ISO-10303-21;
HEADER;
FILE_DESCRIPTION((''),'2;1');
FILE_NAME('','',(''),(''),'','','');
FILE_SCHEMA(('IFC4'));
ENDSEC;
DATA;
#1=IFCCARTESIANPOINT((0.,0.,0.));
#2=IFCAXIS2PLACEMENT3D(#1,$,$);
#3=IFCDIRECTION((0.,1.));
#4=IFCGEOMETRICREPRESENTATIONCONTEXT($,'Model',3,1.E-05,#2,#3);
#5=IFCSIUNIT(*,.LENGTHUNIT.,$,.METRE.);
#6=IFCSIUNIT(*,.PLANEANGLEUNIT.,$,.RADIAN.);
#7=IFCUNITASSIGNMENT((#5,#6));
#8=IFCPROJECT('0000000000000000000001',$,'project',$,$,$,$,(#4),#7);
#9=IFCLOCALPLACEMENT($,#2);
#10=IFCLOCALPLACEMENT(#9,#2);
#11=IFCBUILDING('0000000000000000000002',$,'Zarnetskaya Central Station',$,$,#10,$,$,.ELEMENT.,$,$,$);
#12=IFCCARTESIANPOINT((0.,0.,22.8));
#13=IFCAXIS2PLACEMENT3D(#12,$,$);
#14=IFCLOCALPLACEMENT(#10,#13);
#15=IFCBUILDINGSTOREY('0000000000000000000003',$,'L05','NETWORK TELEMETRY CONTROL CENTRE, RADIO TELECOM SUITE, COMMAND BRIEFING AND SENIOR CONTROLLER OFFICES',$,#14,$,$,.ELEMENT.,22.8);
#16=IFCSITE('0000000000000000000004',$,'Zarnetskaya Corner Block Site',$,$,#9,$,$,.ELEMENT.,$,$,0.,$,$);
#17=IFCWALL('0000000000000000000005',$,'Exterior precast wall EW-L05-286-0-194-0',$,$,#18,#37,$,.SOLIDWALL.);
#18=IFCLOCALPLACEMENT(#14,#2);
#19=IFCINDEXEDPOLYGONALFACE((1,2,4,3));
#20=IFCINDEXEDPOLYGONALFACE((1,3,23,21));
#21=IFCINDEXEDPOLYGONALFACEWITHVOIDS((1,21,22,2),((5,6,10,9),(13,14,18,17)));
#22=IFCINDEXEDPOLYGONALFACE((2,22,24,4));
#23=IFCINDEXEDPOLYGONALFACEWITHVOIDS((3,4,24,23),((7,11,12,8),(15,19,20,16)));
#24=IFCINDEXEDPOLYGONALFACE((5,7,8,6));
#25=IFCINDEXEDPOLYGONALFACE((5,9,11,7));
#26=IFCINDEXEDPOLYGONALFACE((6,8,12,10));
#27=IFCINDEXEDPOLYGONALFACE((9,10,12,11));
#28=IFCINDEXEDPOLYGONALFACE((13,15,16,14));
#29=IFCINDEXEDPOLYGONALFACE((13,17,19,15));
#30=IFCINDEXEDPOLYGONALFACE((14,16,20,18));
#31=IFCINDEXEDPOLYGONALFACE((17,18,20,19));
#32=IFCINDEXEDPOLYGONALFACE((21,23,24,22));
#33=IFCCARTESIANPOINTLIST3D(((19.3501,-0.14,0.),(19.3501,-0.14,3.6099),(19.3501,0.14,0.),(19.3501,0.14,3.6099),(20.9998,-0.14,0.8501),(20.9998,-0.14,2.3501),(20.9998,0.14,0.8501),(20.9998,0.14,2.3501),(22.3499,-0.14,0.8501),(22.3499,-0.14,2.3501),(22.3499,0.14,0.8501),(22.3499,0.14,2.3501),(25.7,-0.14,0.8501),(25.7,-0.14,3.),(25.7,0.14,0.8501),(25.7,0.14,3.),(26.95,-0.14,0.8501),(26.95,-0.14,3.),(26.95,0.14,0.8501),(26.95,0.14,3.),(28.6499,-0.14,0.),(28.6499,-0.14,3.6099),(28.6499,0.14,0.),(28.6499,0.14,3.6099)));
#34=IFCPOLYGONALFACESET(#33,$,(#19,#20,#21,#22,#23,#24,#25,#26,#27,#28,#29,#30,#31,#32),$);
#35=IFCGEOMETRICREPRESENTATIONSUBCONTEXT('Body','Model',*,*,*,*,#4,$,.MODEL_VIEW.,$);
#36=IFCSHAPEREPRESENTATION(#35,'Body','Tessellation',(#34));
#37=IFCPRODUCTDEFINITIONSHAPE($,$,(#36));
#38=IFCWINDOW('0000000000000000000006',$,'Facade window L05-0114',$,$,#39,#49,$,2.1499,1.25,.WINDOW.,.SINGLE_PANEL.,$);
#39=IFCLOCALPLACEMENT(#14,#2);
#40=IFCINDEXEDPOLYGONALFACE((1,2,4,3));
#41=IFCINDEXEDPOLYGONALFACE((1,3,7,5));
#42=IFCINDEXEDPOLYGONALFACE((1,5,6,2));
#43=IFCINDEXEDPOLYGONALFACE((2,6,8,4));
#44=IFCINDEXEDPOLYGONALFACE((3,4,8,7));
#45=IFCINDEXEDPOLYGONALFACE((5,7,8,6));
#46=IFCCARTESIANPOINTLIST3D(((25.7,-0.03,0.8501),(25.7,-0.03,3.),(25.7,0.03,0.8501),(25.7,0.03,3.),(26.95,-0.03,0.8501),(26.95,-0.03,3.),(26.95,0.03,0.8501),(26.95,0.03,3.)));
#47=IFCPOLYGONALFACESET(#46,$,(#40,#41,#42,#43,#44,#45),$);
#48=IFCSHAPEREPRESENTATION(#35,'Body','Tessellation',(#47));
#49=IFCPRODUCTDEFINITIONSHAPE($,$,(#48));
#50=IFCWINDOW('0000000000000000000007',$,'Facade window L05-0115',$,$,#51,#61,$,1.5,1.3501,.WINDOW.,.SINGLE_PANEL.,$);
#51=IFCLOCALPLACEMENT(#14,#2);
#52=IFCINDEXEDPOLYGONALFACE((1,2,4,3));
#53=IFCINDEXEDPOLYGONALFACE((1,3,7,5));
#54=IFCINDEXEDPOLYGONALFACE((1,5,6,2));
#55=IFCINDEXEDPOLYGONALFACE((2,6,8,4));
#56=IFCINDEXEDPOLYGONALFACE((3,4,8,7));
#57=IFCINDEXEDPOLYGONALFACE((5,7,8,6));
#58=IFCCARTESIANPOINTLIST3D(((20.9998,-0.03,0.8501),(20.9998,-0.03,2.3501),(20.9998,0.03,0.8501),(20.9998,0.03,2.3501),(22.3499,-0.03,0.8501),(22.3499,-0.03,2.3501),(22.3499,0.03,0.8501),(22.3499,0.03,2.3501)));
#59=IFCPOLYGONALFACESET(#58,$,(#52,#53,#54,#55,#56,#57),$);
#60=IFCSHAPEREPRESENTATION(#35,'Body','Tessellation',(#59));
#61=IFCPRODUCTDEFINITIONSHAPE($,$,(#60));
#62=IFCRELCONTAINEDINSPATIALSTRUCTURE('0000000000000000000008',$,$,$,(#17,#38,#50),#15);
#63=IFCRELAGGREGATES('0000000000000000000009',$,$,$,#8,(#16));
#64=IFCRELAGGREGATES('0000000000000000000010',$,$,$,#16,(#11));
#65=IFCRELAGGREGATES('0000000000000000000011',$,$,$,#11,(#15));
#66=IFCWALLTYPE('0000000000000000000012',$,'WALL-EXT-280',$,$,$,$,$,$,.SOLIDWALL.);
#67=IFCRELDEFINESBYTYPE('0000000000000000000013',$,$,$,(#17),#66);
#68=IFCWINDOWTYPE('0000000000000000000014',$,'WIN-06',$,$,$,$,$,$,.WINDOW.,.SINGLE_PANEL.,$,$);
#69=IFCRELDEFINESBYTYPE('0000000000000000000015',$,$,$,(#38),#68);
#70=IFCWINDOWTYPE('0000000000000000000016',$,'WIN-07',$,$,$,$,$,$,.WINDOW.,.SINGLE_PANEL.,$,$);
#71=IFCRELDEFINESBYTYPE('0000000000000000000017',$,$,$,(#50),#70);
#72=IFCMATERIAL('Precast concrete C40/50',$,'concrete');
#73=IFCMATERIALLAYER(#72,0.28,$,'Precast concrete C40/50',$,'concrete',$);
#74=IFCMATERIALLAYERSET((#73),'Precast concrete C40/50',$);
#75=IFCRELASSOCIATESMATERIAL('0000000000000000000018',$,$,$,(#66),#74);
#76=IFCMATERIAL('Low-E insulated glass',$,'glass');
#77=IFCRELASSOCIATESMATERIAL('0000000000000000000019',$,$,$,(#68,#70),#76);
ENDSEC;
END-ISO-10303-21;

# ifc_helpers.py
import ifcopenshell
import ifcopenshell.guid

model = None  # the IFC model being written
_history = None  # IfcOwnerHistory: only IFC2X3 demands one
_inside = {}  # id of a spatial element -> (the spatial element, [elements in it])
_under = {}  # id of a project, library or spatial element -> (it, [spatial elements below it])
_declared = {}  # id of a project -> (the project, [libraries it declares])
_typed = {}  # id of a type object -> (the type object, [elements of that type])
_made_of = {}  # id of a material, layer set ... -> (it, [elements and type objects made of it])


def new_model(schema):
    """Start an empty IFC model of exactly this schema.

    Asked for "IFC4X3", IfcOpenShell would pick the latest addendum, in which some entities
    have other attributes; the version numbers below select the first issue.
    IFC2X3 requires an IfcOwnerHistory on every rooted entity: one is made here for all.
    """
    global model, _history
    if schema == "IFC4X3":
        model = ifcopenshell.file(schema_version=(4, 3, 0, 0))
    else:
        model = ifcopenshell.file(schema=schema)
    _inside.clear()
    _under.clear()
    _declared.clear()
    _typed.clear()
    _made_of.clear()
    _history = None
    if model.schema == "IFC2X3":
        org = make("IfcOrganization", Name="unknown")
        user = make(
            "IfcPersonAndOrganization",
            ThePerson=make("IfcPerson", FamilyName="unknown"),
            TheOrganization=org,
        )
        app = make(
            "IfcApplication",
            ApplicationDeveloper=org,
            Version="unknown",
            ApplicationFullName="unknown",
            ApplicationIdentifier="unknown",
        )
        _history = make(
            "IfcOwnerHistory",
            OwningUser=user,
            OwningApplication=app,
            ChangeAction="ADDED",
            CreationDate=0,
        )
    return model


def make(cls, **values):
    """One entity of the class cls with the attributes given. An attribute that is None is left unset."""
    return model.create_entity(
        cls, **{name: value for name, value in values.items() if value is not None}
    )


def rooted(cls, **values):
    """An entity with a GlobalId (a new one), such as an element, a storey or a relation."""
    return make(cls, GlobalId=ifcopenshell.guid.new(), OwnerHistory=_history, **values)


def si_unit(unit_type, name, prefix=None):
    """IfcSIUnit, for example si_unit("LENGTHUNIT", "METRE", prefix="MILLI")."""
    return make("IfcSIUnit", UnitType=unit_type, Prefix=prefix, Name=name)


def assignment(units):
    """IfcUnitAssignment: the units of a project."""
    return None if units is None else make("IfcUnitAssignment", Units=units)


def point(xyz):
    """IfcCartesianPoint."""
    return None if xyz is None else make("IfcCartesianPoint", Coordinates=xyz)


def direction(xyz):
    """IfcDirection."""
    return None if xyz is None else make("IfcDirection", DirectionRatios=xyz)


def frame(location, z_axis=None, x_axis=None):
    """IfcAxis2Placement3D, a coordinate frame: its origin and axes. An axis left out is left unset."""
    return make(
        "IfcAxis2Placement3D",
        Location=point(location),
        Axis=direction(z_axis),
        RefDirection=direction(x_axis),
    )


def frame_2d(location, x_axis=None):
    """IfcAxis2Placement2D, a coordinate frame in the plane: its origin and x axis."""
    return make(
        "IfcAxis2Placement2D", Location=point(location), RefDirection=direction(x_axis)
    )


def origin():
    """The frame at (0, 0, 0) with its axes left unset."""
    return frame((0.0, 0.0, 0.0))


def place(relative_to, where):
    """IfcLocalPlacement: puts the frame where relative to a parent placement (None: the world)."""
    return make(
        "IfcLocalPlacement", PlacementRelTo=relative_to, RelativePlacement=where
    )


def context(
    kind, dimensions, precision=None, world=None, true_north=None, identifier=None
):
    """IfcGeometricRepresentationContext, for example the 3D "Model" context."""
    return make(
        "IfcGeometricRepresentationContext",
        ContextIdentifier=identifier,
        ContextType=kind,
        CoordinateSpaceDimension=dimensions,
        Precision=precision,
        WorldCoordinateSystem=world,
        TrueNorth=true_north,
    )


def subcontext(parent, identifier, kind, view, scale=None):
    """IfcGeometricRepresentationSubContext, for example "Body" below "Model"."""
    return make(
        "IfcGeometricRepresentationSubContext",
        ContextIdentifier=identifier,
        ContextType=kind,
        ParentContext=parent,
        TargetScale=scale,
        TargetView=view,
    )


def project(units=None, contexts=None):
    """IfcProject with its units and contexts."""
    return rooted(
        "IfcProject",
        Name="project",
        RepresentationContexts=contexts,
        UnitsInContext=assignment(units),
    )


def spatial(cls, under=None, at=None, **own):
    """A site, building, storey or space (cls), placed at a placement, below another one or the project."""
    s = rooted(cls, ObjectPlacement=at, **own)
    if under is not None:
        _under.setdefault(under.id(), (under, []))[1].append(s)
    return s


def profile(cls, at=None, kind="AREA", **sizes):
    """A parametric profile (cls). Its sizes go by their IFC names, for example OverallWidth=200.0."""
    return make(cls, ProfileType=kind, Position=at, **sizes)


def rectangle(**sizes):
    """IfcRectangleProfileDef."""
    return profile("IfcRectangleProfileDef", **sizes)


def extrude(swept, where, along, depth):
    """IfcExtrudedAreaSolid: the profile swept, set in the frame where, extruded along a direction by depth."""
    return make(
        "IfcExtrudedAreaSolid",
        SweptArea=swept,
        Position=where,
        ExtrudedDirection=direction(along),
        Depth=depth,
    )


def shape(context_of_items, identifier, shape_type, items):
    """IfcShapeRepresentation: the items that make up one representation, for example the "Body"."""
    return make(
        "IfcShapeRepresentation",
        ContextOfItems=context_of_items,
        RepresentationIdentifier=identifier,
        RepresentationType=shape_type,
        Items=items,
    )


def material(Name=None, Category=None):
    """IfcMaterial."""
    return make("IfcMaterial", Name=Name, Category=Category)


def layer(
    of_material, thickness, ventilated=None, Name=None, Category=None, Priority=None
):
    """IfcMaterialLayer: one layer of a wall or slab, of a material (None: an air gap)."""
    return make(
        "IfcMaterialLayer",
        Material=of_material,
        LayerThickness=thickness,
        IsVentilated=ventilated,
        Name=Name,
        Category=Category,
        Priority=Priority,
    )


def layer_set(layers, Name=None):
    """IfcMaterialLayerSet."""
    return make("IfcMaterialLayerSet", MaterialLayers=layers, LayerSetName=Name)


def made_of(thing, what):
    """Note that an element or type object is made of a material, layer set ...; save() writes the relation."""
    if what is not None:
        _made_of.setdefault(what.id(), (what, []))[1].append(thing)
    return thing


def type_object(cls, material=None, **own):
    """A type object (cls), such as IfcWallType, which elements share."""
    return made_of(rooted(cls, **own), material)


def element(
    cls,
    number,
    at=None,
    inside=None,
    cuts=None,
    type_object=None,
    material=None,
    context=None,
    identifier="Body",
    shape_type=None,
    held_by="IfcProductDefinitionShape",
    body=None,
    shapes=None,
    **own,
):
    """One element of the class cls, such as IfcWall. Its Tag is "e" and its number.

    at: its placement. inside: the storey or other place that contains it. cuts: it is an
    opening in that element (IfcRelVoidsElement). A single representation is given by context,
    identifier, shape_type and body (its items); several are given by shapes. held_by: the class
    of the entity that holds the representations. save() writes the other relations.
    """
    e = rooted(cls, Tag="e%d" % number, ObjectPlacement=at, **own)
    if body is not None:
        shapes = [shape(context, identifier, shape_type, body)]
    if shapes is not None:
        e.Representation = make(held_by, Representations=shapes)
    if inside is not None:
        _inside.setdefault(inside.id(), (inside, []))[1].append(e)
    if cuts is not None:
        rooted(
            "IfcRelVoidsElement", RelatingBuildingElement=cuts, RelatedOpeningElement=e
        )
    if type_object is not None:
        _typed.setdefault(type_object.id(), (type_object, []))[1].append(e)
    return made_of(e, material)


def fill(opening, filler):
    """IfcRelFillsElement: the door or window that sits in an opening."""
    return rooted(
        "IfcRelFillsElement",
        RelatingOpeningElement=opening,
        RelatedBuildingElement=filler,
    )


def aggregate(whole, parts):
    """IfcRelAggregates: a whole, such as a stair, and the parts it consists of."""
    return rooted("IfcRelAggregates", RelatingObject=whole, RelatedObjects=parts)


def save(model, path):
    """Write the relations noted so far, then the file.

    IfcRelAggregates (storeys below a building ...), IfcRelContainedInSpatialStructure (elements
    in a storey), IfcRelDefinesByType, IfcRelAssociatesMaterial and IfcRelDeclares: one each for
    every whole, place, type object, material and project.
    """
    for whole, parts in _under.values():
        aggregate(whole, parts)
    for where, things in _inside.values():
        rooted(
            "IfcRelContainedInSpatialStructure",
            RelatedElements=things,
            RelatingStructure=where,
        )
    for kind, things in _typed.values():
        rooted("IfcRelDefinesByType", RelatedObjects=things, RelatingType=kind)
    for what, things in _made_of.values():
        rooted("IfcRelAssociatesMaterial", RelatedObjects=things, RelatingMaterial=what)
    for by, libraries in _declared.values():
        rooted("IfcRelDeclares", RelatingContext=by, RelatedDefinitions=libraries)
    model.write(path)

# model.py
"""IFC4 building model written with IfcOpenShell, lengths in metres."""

from ifc_helpers import new_model, si_unit, direction, frame, frame_2d, origin, place, context, subcontext, project, spatial, rectangle, extrude, material, layer, layer_set, type_object, element, fill, save


model = new_model("IFC4")

# Units and contexts
model_context = context("Model", 3, precision=1e-05, world=origin(), true_north=direction((0.0, 1.0)))
body_context = subcontext(model_context, "Body", "Model", "MODEL_VIEW")
ifc_project = project(units=[si_unit("LENGTHUNIT", "METRE"), si_unit("PLANEANGLEUNIT", "RADIAN")], contexts=[model_context])

# Site, building, storey
site_placement = place(None, origin())
site = spatial("IfcSite", under=ifc_project, at=site_placement, Name="Zarnetskaya Corner Block Site", CompositionType="ELEMENT", RefElevation=0.0)
building_placement = place(site_placement, origin())
building = spatial("IfcBuilding", under=site, at=building_placement, Name="Zarnetskaya Central Station", CompositionType="ELEMENT")
storey_placement = place(building_placement, frame((0.0, 0.0, 22.8)))
storey = spatial("IfcBuildingStorey", under=building, at=storey_placement, Name="L05", Description="NETWORK TELEMETRY CONTROL CENTRE, RADIO TELECOM SUITE, COMMAND BRIEFING AND SENIOR CONTROLLER OFFICES", CompositionType="ELEMENT", Elevation=22.8)

# Shared definitions
ifc_material_1 = material(Name="Low-E insulated glass", Category="glass")

# Wall, openings, windows
ifc_material_2 = material(Name="Precast concrete C40/50", Category="concrete")
ifc_layer_1 = layer(ifc_material_2, 0.28, Name="Precast concrete C40/50", Category="concrete")
ifc_layer_set_1 = layer_set([ifc_layer_1], Name="Precast concrete C40/50")
wall_type = type_object("IfcWallType", Name="WALL-EXT-280", PredefinedType="SOLIDWALL", material=ifc_layer_set_1)
wall_placement = place(storey_placement, frame((28.6499, 0.0, 0.0), z_axis=(0.0, 0.0, 1.0), x_axis=(-1.0, 0.0, 0.0)))
wall = element("IfcWall", 1, at=wall_placement, inside=storey, type_object=wall_type, Name="Exterior precast wall EW-L05-286-0-194-0", PredefinedType="SOLIDWALL", context=body_context, shape_type="SweptSolid", body=[
    extrude(rectangle(XDim=9.2998, YDim=0.28, at=frame_2d((4.6499, 0.0))), origin(), (0.0, 0.0, 1.0), 3.6099),
])
opening_1_placement = place(wall_placement, frame((1.7, 0.0, 0.8501)))
opening_1 = element("IfcOpeningElement", 2, at=opening_1_placement, cuts=wall, PredefinedType="OPENING", context=body_context, shape_type="SweptSolid", body=[
    extrude(rectangle(XDim=1.25, YDim=2.1499, at=frame_2d((0.625, 1.075))), frame((0.0, 0.1499, 0.0), z_axis=(0.0, -1.0, 0.0), x_axis=(1.0, 0.0, 0.0)), (0.0, 0.0, 1.0), 0.3),
])
opening_2_placement = place(wall_placement, frame((6.3, 0.0, 0.8501)))
opening_2 = element("IfcOpeningElement", 3, at=opening_2_placement, cuts=wall, PredefinedType="OPENING", context=body_context, shape_type="SweptSolid", body=[
    extrude(rectangle(XDim=1.3501, YDim=1.5, at=frame_2d((0.675, 0.75))), frame((0.0, 0.1499, 0.0), z_axis=(0.0, -1.0, 0.0), x_axis=(1.0, 0.0, 0.0)), (0.0, 0.0, 1.0), 0.3),
])
window_type_1 = type_object("IfcWindowType", Name="WIN-06", PartitioningType="SINGLE_PANEL", PredefinedType="WINDOW", material=ifc_material_1)
window_1_placement = place(opening_1_placement, origin())
window_1 = element("IfcWindow", 4, at=window_1_placement, inside=storey, type_object=window_type_1, Name="Facade window L05-0114", OverallHeight=2.1499, OverallWidth=1.25, PartitioningType="SINGLE_PANEL", PredefinedType="WINDOW", context=body_context, shape_type="SweptSolid", body=[
    extrude(rectangle(XDim=1.25, YDim=2.1499, at=frame_2d((0.625, 1.075))), frame((0.0, 0.03, 0.0), z_axis=(0.0, -1.0, 0.0), x_axis=(1.0, 0.0, 0.0)), (0.0, 0.0, 1.0), 0.0601),
])
fill(opening_1, window_1)
window_type_2 = type_object("IfcWindowType", Name="WIN-07", PartitioningType="SINGLE_PANEL", PredefinedType="WINDOW", material=ifc_material_1)
window_2_placement = place(opening_2_placement, origin())
window_2 = element("IfcWindow", 5, at=window_2_placement, inside=storey, type_object=window_type_2, Name="Facade window L05-0115", OverallHeight=1.5, OverallWidth=1.3501, PartitioningType="SINGLE_PANEL", PredefinedType="WINDOW", context=body_context, shape_type="SweptSolid", body=[
    extrude(rectangle(XDim=1.3501, YDim=1.5, at=frame_2d((0.675, 0.75))), frame((0.0, 0.03, 0.0), z_axis=(0.0, -1.0, 0.0), x_axis=(1.0, 0.0, 0.0)), (0.0, 0.0, 1.0), 0.0601),
])
fill(opening_2, window_2)

save(model, "model.ifc")
